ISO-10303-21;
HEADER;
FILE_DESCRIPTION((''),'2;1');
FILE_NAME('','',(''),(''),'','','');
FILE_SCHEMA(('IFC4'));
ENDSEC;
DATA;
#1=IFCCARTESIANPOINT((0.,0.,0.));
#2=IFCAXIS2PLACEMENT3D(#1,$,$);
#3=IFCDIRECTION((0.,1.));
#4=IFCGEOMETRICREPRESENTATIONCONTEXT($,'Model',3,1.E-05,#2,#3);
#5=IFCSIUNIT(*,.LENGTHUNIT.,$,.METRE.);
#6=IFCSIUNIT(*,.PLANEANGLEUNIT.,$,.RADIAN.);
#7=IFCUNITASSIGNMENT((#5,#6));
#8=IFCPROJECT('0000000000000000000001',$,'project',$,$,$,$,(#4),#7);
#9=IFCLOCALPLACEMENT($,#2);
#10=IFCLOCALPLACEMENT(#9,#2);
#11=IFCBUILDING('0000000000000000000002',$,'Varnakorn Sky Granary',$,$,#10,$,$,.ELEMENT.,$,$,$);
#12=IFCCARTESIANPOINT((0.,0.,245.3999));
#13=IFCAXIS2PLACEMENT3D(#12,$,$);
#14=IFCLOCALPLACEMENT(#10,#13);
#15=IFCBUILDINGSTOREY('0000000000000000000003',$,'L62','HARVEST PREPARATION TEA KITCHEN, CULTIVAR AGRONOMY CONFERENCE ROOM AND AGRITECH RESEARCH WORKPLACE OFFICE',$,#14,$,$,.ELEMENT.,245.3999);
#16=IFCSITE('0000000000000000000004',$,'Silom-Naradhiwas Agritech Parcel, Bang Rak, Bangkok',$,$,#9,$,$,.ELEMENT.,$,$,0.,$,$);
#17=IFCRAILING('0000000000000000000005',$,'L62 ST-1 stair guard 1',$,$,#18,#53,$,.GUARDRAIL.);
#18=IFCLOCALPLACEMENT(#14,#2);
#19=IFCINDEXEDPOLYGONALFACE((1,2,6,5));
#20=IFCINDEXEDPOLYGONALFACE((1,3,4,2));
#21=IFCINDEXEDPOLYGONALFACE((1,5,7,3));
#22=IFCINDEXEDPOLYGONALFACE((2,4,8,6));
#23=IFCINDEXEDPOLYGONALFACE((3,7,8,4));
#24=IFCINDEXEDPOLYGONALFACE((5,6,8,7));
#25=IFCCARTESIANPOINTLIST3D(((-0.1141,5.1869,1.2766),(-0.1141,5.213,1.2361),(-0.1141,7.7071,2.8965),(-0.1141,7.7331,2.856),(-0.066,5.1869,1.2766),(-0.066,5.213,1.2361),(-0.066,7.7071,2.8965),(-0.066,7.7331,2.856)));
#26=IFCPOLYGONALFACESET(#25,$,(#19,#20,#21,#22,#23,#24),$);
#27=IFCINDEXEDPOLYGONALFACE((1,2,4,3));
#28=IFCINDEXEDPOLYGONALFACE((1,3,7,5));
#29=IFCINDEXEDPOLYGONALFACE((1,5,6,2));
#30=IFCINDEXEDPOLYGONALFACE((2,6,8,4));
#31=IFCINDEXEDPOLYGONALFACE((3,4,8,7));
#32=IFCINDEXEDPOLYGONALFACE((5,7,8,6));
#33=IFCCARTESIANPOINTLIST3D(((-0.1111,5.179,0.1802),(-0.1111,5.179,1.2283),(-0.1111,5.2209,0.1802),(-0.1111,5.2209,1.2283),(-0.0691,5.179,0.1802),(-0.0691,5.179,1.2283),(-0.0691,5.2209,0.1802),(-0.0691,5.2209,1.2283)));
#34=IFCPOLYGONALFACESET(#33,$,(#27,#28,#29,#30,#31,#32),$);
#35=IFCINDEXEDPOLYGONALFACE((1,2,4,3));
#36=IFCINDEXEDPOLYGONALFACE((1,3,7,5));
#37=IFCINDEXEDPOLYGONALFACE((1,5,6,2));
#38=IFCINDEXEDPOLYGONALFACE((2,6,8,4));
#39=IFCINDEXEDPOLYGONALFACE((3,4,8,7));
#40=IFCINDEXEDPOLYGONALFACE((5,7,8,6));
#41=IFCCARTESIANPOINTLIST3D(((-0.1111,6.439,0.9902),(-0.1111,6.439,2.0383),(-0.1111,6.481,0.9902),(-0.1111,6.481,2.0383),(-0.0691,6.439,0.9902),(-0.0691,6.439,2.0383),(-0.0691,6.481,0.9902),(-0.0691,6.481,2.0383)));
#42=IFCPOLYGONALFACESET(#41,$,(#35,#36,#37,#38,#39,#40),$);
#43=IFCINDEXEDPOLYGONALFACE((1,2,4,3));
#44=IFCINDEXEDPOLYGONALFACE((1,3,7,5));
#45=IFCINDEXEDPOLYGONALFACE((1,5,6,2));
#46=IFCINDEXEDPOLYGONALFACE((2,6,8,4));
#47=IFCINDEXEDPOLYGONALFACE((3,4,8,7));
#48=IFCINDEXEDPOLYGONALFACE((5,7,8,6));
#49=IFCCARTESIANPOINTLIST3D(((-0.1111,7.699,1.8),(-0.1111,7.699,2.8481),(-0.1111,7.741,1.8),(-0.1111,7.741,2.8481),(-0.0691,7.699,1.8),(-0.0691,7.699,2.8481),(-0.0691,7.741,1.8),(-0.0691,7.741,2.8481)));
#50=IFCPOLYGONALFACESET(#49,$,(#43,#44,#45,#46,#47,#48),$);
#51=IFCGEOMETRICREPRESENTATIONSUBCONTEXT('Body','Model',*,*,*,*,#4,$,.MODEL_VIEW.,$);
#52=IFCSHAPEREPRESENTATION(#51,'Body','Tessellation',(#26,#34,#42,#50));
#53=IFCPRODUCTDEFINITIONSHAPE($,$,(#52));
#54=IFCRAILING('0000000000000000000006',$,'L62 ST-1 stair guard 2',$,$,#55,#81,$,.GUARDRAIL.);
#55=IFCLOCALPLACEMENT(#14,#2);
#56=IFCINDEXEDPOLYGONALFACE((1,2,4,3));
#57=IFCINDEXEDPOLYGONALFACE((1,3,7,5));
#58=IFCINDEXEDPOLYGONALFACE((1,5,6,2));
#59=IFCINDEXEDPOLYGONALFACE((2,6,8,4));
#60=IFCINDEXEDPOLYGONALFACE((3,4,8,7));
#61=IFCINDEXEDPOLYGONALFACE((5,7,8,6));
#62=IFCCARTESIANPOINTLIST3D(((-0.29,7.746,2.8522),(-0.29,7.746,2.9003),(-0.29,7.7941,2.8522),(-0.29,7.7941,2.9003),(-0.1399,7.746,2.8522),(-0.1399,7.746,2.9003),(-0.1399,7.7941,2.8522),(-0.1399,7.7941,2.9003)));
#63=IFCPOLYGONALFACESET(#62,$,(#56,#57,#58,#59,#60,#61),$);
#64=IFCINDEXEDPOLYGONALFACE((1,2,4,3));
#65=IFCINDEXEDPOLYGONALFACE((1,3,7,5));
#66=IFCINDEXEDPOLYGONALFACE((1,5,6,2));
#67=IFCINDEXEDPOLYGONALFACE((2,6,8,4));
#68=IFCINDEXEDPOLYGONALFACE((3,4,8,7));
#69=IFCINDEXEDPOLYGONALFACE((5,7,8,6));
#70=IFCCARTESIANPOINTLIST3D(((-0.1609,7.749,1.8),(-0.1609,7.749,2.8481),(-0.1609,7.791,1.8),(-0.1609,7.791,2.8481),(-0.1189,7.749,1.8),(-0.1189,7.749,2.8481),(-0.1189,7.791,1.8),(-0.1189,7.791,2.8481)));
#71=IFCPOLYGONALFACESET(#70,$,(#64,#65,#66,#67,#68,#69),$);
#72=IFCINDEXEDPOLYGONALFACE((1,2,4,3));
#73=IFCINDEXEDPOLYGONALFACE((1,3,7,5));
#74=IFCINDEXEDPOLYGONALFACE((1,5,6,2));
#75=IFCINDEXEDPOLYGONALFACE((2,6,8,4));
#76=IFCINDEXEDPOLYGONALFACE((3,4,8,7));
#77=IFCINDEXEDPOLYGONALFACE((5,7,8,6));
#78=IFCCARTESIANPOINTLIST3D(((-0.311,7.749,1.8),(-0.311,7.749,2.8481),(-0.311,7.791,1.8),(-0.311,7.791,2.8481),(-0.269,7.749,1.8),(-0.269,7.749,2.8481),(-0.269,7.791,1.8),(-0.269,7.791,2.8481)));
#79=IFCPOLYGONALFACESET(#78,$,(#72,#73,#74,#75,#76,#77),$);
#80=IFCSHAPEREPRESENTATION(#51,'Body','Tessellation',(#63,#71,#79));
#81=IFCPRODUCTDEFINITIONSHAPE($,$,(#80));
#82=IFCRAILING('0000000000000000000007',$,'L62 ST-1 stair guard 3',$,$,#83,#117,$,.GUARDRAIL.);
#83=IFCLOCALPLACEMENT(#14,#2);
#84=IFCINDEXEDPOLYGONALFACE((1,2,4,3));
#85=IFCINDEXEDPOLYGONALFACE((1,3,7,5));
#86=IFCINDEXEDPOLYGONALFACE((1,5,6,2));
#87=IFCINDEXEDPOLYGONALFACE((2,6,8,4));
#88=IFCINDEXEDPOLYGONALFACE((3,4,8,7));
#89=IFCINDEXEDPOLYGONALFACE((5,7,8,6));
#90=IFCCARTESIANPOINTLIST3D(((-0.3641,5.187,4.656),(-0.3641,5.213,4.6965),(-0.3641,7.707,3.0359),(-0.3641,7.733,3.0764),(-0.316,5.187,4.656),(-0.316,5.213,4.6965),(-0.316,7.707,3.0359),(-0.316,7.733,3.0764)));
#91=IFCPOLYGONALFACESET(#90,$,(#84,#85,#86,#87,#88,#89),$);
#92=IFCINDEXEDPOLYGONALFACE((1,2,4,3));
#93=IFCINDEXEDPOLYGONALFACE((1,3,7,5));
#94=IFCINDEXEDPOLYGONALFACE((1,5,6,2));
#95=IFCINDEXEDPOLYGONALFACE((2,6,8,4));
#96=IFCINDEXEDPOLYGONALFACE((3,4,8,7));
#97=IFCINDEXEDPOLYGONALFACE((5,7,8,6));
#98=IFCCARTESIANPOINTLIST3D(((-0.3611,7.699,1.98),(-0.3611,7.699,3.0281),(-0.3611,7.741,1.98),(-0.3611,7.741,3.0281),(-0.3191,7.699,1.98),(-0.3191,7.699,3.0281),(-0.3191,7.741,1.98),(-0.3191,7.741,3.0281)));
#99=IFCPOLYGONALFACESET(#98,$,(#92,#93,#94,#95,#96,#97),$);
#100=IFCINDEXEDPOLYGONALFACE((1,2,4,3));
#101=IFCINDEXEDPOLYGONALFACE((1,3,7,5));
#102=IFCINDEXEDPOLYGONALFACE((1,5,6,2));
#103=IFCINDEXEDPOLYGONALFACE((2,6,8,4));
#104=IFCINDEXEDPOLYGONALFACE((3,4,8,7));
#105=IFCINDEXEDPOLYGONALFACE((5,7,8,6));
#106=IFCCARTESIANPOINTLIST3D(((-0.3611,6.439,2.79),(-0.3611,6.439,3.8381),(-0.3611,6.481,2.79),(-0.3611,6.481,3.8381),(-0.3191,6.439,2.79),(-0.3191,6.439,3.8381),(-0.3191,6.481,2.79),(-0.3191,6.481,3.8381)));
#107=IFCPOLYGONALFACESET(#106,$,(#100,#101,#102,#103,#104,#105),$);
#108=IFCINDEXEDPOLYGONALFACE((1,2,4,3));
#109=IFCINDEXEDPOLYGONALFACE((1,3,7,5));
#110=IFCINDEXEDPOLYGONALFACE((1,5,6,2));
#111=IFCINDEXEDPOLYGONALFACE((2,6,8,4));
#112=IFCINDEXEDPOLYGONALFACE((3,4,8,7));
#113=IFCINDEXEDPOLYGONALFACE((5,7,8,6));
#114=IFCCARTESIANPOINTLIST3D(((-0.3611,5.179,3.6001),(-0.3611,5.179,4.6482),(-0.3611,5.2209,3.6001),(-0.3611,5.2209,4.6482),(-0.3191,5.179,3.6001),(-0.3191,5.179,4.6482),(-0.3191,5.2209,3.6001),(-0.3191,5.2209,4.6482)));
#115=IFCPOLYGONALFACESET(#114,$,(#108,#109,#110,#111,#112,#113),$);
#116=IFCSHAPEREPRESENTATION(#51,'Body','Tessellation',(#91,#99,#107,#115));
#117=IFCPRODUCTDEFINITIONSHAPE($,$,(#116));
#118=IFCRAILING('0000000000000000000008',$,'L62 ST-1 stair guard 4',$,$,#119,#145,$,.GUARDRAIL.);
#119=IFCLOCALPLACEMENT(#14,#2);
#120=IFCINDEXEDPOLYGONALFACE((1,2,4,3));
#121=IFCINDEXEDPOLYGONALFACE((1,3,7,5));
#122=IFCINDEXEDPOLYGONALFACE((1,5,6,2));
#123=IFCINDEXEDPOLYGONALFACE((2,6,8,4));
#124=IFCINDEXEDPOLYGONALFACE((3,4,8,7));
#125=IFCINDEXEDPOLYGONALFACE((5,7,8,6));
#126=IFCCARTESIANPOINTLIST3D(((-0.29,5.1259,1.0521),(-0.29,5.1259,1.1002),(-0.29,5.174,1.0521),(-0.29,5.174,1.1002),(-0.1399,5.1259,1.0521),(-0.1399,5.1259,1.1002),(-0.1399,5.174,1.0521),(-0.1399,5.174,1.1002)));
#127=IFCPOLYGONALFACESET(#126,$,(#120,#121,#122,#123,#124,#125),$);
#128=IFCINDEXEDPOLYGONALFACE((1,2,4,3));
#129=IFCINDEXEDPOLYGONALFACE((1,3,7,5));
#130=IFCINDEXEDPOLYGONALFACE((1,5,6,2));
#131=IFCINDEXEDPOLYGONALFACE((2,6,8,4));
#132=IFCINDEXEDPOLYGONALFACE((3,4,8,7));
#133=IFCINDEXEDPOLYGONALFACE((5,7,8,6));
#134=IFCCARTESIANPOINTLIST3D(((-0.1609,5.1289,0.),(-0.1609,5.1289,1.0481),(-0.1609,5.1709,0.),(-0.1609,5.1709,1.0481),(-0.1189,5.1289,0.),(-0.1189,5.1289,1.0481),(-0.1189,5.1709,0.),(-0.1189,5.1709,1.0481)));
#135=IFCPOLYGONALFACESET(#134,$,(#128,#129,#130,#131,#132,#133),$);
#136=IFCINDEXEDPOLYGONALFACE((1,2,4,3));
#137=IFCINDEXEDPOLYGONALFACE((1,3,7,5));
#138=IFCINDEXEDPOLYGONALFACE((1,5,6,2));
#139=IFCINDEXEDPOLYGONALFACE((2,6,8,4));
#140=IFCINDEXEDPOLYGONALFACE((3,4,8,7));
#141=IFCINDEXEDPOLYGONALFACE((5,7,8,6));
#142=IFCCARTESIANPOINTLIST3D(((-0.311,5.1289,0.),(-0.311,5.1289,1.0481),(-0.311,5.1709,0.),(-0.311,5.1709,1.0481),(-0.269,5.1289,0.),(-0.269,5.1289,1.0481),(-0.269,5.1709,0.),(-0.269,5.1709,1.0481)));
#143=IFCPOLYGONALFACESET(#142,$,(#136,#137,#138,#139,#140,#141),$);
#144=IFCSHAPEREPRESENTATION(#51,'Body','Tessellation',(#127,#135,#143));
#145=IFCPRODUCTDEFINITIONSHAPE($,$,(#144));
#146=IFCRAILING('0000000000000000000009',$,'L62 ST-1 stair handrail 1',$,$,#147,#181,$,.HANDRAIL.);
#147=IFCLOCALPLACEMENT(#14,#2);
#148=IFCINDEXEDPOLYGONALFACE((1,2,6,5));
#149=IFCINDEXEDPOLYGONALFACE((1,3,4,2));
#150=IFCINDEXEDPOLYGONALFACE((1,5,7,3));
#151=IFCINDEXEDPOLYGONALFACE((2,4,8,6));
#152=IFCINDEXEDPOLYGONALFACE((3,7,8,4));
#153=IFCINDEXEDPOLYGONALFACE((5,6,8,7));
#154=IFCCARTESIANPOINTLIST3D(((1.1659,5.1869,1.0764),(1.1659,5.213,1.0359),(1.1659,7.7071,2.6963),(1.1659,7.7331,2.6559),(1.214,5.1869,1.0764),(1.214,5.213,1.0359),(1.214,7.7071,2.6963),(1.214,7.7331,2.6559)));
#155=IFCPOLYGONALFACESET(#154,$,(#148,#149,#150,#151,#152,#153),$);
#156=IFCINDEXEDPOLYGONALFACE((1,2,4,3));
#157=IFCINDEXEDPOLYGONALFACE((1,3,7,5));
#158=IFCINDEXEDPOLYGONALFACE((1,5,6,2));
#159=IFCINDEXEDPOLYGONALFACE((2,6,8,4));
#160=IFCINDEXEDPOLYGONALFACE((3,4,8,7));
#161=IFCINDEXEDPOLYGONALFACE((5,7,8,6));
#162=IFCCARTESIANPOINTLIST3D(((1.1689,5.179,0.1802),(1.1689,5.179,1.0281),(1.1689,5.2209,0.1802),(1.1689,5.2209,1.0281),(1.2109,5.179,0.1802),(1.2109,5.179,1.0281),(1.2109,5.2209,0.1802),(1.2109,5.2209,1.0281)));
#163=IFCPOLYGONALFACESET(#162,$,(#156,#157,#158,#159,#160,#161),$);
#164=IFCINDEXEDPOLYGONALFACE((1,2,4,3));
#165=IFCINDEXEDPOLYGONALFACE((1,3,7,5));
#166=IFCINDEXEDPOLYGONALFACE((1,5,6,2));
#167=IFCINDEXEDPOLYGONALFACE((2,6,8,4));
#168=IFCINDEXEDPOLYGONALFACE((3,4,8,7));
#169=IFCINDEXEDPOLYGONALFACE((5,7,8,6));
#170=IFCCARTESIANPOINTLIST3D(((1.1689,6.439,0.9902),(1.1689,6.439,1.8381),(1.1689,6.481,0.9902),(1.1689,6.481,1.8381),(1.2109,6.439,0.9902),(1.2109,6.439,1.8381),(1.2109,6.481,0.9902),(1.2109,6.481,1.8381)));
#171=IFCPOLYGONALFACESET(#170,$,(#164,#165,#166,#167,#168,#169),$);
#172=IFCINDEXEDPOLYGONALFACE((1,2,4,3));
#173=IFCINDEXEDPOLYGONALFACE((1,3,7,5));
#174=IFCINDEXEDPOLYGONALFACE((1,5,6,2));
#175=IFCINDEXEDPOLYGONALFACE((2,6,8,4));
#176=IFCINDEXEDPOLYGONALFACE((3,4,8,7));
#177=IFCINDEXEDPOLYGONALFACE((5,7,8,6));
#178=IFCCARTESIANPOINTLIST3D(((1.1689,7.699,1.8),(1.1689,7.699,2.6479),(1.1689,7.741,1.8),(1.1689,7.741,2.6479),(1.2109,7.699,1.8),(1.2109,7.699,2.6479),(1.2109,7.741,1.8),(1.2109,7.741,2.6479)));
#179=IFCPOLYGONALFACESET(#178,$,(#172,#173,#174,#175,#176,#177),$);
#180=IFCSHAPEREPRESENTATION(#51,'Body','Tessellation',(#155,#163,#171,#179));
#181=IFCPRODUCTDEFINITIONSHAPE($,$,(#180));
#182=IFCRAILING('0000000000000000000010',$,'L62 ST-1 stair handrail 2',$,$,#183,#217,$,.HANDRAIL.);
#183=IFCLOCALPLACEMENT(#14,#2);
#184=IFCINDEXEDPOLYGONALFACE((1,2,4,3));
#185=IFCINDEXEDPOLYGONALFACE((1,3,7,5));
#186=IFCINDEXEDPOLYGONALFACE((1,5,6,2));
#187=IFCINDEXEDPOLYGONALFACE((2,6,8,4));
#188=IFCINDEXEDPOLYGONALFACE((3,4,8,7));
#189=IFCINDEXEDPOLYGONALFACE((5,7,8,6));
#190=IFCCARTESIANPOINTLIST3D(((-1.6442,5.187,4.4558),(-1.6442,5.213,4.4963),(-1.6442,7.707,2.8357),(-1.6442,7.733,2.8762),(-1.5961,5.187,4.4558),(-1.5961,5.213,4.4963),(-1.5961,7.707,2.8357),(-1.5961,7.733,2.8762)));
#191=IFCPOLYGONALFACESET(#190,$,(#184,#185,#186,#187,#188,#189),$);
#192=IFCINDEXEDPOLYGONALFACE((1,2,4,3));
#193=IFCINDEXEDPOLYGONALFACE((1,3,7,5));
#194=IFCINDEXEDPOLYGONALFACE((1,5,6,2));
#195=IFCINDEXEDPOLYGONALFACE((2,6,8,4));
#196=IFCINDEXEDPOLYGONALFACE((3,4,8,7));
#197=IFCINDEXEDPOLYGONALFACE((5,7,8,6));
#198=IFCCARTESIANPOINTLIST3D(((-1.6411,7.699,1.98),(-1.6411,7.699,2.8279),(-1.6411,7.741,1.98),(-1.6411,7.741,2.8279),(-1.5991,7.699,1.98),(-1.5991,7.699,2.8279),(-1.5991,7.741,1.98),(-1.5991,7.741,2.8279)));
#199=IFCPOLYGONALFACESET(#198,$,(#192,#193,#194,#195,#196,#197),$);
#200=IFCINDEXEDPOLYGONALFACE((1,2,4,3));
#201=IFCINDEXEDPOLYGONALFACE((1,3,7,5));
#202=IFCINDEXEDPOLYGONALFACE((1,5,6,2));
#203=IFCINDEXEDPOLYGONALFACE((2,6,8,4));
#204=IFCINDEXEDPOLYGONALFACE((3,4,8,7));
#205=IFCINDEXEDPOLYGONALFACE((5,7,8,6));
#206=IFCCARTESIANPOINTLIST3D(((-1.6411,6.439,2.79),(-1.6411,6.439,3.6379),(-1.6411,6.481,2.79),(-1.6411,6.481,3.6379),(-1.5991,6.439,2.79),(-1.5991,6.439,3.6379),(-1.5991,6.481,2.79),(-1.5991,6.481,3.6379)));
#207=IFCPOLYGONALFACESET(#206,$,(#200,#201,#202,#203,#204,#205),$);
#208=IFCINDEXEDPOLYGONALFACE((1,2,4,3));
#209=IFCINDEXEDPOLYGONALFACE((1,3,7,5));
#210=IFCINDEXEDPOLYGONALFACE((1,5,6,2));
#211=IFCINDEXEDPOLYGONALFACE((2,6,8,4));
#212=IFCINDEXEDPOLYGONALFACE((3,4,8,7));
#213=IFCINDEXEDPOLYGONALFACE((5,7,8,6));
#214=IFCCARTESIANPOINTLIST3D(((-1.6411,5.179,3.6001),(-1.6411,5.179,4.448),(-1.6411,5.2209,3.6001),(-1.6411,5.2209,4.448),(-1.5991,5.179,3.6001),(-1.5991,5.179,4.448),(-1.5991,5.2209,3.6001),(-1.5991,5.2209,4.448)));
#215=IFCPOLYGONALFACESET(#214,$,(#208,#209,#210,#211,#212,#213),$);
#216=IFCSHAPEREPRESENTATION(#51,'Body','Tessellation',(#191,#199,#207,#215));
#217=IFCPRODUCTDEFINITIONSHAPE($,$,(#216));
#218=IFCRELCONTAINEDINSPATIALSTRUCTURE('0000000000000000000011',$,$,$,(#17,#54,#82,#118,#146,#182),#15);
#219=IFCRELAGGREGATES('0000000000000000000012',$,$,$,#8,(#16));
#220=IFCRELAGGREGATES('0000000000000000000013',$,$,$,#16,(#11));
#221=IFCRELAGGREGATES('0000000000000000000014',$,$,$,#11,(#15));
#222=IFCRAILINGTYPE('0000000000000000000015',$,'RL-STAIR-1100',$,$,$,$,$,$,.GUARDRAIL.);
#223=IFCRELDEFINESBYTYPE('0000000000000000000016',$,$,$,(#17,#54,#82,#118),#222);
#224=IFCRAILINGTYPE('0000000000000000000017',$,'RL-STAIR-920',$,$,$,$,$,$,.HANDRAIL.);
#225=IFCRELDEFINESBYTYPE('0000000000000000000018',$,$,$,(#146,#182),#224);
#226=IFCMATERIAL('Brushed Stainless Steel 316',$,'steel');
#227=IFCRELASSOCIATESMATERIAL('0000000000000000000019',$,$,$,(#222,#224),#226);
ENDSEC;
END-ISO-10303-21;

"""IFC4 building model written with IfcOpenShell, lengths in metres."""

from ifc_helpers import new_model, si_unit, direction, frame, origin, origin_2d, place, context, subcontext, project, spatial, rectangle, extrude, material, type_object, element, save


model = new_model("IFC4")

# Units and contexts
model_context = context("Model", 3, precision=1e-05, world=origin(), true_north=direction((0.0, 1.0)))
body_context = subcontext(model_context, "Body", "Model", "MODEL_VIEW")
ifc_project = project(units=[si_unit("LENGTHUNIT", "METRE"), si_unit("PLANEANGLEUNIT", "RADIAN")], contexts=[model_context])

# Site, building, storey
site_placement = place(None, origin())
site = spatial("IfcSite", under=ifc_project, at=site_placement, Name="Silom-Naradhiwas Agritech Parcel, Bang Rak, Bangkok", CompositionType="ELEMENT", RefElevation=0.0)
building_placement = place(site_placement, origin())
building = spatial("IfcBuilding", under=site, at=building_placement, Name="Varnakorn Sky Granary", CompositionType="ELEMENT")
storey_placement = place(building_placement, frame((0.0, 0.0, 245.3999)))
storey = spatial("IfcBuildingStorey", under=building, at=storey_placement, Name="L62", Description="HARVEST PREPARATION TEA KITCHEN, CULTIVAR AGRONOMY CONFERENCE ROOM AND AGRITECH RESEARCH WORKPLACE OFFICE", CompositionType="ELEMENT", Elevation=245.3999)

# Railings
ifc_material_1 = material(Name="Brushed Stainless Steel 316", Category="steel")
railing_type_1 = type_object("IfcRailingType", Name="RL-STAIR-1100", PredefinedType="GUARDRAIL", material=ifc_material_1)
railing_1_placement = place(storey_placement, frame((-0.0901, 5.2, 0.1802)))
element("IfcRailing", 1, at=railing_1_placement, inside=storey, type_object=railing_type_1, Name="L62 ST-1 stair guard 1", PredefinedType="GUARDRAIL", context=body_context, shape_type="SweptSolid", body=[
    extrude(rectangle(XDim=0.0481, YDim=0.0481, at=origin_2d()), frame((0.0, 0.0, 1.0762), z_axis=(0.0, 0.8412, 0.540725), x_axis=(-1.0, 0.0, 0.0)), (0.0, 0.0, 1.0), 2.9958),
    extrude(rectangle(XDim=0.042, YDim=0.042, at=origin_2d()), origin(), (0.0, 0.0, 1.0), 1.0481),
    extrude(rectangle(XDim=0.042, YDim=0.042, at=origin_2d()), frame((0.0, 1.26, 0.8101)), (0.0, 0.0, 1.0), 1.0481),
    extrude(rectangle(XDim=0.042, YDim=0.042, at=origin_2d()), frame((0.0, 2.52, 1.6199)), (0.0, 0.0, 1.0), 1.0481),
])
railing_2_placement = place(storey_placement, frame((-0.1399, 7.77, 1.8)))
element("IfcRailing", 2, at=railing_2_placement, inside=storey, type_object=railing_type_1, Name="L62 ST-1 stair guard 2", PredefinedType="GUARDRAIL", context=body_context, shape_type="SweptSolid", body=[
    extrude(rectangle(XDim=0.0481, YDim=0.0481, at=origin_2d()), frame((0.0, 0.0, 1.0762), z_axis=(-1.0, 0.0, 0.0), x_axis=(0.0, -1.0, 0.0)), (0.0, 0.0, 1.0), 0.1501),
    extrude(rectangle(XDim=0.042, YDim=0.042, at=origin_2d()), origin(), (0.0, 0.0, 1.0), 1.0481),
    extrude(rectangle(XDim=0.042, YDim=0.042, at=origin_2d()), frame((-0.1501, 0.0, 0.0)), (0.0, 0.0, 1.0), 1.0481),
])
railing_3_placement = place(storey_placement, frame((-0.3401, 7.72, 1.98)))
element("IfcRailing", 3, at=railing_3_placement, inside=storey, type_object=railing_type_1, Name="L62 ST-1 stair guard 3", PredefinedType="GUARDRAIL", context=body_context, shape_type="SweptSolid", body=[
    extrude(rectangle(XDim=0.0481, YDim=0.0481, at=origin_2d()), frame((0.0, 0.0, 1.0762), z_axis=(0.0, -0.841163, 0.540782), x_axis=(1.0, 0.0, 0.0)), (0.0, 0.0, 1.0), 2.9958),
    extrude(rectangle(XDim=0.042, YDim=0.042, at=origin_2d()), origin(), (0.0, 0.0, 1.0), 1.0481),
    extrude(rectangle(XDim=0.042, YDim=0.042, at=origin_2d()), frame((0.0, -1.26, 0.8101)), (0.0, 0.0, 1.0), 1.0481),
    extrude(rectangle(XDim=0.042, YDim=0.042, at=origin_2d()), frame((0.0, -2.52, 1.6201)), (0.0, 0.0, 1.0), 1.0481),
])
railing_4_placement = place(storey_placement, frame((-0.1399, 5.1499, 0.0)))
element("IfcRailing", 4, at=railing_4_placement, inside=storey, type_object=railing_type_1, Name="L62 ST-1 stair guard 4", PredefinedType="GUARDRAIL", context=body_context, shape_type="SweptSolid", body=[
    extrude(rectangle(XDim=0.0481, YDim=0.0481, at=origin_2d()), frame((0.0, 0.0, 1.0762), z_axis=(-1.0, 0.0, 0.0), x_axis=(0.0, -1.0, 0.0)), (0.0, 0.0, 1.0), 0.1501),
    extrude(rectangle(XDim=0.042, YDim=0.042, at=origin_2d()), origin(), (0.0, 0.0, 1.0), 1.0481),
    extrude(rectangle(XDim=0.042, YDim=0.042, at=origin_2d()), frame((-0.1501, 0.0, 0.0)), (0.0, 0.0, 1.0), 1.0481),
])
railing_type_2 = type_object("IfcRailingType", Name="RL-STAIR-920", PredefinedType="HANDRAIL", material=ifc_material_1)
railing_5_placement = place(storey_placement, frame((1.1899, 5.2, 0.1802)))
element("IfcRailing", 5, at=railing_5_placement, inside=storey, type_object=railing_type_2, Name="L62 ST-1 stair handrail 1", PredefinedType="HANDRAIL", context=body_context, shape_type="SweptSolid", body=[
    extrude(rectangle(XDim=0.0481, YDim=0.0481, at=origin_2d()), frame((0.0, 0.0, 0.876), z_axis=(0.0, 0.8412, 0.540725), x_axis=(-1.0, 0.0, 0.0)), (0.0, 0.0, 1.0), 2.9958),
    extrude(rectangle(XDim=0.042, YDim=0.042, at=origin_2d()), origin(), (0.0, 0.0, 1.0), 0.8479),
    extrude(rectangle(XDim=0.042, YDim=0.042, at=origin_2d()), frame((0.0, 1.26, 0.8101)), (0.0, 0.0, 1.0), 0.8479),
    extrude(rectangle(XDim=0.042, YDim=0.042, at=origin_2d()), frame((0.0, 2.52, 1.6199)), (0.0, 0.0, 1.0), 0.8479),
])
railing_6_placement = place(storey_placement, frame((-1.6201, 7.72, 1.98)))
element("IfcRailing", 6, at=railing_6_placement, inside=storey, type_object=railing_type_2, Name="L62 ST-1 stair handrail 2", PredefinedType="HANDRAIL", context=body_context, shape_type="SweptSolid", body=[
    extrude(rectangle(XDim=0.0481, YDim=0.0481, at=origin_2d()), frame((0.0, 0.0, 0.876), z_axis=(0.0, -0.841163, 0.540782), x_axis=(1.0, 0.0, 0.0)), (0.0, 0.0, 1.0), 2.9958),
    extrude(rectangle(XDim=0.042, YDim=0.042, at=origin_2d()), origin(), (0.0, 0.0, 1.0), 0.8479),
    extrude(rectangle(XDim=0.042, YDim=0.042, at=origin_2d()), frame((0.0, -1.26, 0.8101)), (0.0, 0.0, 1.0), 0.8479),
    extrude(rectangle(XDim=0.042, YDim=0.042, at=origin_2d()), frame((0.0, -2.52, 1.6201)), (0.0, 0.0, 1.0), 0.8479),
])

save(model, "model.ifc")
